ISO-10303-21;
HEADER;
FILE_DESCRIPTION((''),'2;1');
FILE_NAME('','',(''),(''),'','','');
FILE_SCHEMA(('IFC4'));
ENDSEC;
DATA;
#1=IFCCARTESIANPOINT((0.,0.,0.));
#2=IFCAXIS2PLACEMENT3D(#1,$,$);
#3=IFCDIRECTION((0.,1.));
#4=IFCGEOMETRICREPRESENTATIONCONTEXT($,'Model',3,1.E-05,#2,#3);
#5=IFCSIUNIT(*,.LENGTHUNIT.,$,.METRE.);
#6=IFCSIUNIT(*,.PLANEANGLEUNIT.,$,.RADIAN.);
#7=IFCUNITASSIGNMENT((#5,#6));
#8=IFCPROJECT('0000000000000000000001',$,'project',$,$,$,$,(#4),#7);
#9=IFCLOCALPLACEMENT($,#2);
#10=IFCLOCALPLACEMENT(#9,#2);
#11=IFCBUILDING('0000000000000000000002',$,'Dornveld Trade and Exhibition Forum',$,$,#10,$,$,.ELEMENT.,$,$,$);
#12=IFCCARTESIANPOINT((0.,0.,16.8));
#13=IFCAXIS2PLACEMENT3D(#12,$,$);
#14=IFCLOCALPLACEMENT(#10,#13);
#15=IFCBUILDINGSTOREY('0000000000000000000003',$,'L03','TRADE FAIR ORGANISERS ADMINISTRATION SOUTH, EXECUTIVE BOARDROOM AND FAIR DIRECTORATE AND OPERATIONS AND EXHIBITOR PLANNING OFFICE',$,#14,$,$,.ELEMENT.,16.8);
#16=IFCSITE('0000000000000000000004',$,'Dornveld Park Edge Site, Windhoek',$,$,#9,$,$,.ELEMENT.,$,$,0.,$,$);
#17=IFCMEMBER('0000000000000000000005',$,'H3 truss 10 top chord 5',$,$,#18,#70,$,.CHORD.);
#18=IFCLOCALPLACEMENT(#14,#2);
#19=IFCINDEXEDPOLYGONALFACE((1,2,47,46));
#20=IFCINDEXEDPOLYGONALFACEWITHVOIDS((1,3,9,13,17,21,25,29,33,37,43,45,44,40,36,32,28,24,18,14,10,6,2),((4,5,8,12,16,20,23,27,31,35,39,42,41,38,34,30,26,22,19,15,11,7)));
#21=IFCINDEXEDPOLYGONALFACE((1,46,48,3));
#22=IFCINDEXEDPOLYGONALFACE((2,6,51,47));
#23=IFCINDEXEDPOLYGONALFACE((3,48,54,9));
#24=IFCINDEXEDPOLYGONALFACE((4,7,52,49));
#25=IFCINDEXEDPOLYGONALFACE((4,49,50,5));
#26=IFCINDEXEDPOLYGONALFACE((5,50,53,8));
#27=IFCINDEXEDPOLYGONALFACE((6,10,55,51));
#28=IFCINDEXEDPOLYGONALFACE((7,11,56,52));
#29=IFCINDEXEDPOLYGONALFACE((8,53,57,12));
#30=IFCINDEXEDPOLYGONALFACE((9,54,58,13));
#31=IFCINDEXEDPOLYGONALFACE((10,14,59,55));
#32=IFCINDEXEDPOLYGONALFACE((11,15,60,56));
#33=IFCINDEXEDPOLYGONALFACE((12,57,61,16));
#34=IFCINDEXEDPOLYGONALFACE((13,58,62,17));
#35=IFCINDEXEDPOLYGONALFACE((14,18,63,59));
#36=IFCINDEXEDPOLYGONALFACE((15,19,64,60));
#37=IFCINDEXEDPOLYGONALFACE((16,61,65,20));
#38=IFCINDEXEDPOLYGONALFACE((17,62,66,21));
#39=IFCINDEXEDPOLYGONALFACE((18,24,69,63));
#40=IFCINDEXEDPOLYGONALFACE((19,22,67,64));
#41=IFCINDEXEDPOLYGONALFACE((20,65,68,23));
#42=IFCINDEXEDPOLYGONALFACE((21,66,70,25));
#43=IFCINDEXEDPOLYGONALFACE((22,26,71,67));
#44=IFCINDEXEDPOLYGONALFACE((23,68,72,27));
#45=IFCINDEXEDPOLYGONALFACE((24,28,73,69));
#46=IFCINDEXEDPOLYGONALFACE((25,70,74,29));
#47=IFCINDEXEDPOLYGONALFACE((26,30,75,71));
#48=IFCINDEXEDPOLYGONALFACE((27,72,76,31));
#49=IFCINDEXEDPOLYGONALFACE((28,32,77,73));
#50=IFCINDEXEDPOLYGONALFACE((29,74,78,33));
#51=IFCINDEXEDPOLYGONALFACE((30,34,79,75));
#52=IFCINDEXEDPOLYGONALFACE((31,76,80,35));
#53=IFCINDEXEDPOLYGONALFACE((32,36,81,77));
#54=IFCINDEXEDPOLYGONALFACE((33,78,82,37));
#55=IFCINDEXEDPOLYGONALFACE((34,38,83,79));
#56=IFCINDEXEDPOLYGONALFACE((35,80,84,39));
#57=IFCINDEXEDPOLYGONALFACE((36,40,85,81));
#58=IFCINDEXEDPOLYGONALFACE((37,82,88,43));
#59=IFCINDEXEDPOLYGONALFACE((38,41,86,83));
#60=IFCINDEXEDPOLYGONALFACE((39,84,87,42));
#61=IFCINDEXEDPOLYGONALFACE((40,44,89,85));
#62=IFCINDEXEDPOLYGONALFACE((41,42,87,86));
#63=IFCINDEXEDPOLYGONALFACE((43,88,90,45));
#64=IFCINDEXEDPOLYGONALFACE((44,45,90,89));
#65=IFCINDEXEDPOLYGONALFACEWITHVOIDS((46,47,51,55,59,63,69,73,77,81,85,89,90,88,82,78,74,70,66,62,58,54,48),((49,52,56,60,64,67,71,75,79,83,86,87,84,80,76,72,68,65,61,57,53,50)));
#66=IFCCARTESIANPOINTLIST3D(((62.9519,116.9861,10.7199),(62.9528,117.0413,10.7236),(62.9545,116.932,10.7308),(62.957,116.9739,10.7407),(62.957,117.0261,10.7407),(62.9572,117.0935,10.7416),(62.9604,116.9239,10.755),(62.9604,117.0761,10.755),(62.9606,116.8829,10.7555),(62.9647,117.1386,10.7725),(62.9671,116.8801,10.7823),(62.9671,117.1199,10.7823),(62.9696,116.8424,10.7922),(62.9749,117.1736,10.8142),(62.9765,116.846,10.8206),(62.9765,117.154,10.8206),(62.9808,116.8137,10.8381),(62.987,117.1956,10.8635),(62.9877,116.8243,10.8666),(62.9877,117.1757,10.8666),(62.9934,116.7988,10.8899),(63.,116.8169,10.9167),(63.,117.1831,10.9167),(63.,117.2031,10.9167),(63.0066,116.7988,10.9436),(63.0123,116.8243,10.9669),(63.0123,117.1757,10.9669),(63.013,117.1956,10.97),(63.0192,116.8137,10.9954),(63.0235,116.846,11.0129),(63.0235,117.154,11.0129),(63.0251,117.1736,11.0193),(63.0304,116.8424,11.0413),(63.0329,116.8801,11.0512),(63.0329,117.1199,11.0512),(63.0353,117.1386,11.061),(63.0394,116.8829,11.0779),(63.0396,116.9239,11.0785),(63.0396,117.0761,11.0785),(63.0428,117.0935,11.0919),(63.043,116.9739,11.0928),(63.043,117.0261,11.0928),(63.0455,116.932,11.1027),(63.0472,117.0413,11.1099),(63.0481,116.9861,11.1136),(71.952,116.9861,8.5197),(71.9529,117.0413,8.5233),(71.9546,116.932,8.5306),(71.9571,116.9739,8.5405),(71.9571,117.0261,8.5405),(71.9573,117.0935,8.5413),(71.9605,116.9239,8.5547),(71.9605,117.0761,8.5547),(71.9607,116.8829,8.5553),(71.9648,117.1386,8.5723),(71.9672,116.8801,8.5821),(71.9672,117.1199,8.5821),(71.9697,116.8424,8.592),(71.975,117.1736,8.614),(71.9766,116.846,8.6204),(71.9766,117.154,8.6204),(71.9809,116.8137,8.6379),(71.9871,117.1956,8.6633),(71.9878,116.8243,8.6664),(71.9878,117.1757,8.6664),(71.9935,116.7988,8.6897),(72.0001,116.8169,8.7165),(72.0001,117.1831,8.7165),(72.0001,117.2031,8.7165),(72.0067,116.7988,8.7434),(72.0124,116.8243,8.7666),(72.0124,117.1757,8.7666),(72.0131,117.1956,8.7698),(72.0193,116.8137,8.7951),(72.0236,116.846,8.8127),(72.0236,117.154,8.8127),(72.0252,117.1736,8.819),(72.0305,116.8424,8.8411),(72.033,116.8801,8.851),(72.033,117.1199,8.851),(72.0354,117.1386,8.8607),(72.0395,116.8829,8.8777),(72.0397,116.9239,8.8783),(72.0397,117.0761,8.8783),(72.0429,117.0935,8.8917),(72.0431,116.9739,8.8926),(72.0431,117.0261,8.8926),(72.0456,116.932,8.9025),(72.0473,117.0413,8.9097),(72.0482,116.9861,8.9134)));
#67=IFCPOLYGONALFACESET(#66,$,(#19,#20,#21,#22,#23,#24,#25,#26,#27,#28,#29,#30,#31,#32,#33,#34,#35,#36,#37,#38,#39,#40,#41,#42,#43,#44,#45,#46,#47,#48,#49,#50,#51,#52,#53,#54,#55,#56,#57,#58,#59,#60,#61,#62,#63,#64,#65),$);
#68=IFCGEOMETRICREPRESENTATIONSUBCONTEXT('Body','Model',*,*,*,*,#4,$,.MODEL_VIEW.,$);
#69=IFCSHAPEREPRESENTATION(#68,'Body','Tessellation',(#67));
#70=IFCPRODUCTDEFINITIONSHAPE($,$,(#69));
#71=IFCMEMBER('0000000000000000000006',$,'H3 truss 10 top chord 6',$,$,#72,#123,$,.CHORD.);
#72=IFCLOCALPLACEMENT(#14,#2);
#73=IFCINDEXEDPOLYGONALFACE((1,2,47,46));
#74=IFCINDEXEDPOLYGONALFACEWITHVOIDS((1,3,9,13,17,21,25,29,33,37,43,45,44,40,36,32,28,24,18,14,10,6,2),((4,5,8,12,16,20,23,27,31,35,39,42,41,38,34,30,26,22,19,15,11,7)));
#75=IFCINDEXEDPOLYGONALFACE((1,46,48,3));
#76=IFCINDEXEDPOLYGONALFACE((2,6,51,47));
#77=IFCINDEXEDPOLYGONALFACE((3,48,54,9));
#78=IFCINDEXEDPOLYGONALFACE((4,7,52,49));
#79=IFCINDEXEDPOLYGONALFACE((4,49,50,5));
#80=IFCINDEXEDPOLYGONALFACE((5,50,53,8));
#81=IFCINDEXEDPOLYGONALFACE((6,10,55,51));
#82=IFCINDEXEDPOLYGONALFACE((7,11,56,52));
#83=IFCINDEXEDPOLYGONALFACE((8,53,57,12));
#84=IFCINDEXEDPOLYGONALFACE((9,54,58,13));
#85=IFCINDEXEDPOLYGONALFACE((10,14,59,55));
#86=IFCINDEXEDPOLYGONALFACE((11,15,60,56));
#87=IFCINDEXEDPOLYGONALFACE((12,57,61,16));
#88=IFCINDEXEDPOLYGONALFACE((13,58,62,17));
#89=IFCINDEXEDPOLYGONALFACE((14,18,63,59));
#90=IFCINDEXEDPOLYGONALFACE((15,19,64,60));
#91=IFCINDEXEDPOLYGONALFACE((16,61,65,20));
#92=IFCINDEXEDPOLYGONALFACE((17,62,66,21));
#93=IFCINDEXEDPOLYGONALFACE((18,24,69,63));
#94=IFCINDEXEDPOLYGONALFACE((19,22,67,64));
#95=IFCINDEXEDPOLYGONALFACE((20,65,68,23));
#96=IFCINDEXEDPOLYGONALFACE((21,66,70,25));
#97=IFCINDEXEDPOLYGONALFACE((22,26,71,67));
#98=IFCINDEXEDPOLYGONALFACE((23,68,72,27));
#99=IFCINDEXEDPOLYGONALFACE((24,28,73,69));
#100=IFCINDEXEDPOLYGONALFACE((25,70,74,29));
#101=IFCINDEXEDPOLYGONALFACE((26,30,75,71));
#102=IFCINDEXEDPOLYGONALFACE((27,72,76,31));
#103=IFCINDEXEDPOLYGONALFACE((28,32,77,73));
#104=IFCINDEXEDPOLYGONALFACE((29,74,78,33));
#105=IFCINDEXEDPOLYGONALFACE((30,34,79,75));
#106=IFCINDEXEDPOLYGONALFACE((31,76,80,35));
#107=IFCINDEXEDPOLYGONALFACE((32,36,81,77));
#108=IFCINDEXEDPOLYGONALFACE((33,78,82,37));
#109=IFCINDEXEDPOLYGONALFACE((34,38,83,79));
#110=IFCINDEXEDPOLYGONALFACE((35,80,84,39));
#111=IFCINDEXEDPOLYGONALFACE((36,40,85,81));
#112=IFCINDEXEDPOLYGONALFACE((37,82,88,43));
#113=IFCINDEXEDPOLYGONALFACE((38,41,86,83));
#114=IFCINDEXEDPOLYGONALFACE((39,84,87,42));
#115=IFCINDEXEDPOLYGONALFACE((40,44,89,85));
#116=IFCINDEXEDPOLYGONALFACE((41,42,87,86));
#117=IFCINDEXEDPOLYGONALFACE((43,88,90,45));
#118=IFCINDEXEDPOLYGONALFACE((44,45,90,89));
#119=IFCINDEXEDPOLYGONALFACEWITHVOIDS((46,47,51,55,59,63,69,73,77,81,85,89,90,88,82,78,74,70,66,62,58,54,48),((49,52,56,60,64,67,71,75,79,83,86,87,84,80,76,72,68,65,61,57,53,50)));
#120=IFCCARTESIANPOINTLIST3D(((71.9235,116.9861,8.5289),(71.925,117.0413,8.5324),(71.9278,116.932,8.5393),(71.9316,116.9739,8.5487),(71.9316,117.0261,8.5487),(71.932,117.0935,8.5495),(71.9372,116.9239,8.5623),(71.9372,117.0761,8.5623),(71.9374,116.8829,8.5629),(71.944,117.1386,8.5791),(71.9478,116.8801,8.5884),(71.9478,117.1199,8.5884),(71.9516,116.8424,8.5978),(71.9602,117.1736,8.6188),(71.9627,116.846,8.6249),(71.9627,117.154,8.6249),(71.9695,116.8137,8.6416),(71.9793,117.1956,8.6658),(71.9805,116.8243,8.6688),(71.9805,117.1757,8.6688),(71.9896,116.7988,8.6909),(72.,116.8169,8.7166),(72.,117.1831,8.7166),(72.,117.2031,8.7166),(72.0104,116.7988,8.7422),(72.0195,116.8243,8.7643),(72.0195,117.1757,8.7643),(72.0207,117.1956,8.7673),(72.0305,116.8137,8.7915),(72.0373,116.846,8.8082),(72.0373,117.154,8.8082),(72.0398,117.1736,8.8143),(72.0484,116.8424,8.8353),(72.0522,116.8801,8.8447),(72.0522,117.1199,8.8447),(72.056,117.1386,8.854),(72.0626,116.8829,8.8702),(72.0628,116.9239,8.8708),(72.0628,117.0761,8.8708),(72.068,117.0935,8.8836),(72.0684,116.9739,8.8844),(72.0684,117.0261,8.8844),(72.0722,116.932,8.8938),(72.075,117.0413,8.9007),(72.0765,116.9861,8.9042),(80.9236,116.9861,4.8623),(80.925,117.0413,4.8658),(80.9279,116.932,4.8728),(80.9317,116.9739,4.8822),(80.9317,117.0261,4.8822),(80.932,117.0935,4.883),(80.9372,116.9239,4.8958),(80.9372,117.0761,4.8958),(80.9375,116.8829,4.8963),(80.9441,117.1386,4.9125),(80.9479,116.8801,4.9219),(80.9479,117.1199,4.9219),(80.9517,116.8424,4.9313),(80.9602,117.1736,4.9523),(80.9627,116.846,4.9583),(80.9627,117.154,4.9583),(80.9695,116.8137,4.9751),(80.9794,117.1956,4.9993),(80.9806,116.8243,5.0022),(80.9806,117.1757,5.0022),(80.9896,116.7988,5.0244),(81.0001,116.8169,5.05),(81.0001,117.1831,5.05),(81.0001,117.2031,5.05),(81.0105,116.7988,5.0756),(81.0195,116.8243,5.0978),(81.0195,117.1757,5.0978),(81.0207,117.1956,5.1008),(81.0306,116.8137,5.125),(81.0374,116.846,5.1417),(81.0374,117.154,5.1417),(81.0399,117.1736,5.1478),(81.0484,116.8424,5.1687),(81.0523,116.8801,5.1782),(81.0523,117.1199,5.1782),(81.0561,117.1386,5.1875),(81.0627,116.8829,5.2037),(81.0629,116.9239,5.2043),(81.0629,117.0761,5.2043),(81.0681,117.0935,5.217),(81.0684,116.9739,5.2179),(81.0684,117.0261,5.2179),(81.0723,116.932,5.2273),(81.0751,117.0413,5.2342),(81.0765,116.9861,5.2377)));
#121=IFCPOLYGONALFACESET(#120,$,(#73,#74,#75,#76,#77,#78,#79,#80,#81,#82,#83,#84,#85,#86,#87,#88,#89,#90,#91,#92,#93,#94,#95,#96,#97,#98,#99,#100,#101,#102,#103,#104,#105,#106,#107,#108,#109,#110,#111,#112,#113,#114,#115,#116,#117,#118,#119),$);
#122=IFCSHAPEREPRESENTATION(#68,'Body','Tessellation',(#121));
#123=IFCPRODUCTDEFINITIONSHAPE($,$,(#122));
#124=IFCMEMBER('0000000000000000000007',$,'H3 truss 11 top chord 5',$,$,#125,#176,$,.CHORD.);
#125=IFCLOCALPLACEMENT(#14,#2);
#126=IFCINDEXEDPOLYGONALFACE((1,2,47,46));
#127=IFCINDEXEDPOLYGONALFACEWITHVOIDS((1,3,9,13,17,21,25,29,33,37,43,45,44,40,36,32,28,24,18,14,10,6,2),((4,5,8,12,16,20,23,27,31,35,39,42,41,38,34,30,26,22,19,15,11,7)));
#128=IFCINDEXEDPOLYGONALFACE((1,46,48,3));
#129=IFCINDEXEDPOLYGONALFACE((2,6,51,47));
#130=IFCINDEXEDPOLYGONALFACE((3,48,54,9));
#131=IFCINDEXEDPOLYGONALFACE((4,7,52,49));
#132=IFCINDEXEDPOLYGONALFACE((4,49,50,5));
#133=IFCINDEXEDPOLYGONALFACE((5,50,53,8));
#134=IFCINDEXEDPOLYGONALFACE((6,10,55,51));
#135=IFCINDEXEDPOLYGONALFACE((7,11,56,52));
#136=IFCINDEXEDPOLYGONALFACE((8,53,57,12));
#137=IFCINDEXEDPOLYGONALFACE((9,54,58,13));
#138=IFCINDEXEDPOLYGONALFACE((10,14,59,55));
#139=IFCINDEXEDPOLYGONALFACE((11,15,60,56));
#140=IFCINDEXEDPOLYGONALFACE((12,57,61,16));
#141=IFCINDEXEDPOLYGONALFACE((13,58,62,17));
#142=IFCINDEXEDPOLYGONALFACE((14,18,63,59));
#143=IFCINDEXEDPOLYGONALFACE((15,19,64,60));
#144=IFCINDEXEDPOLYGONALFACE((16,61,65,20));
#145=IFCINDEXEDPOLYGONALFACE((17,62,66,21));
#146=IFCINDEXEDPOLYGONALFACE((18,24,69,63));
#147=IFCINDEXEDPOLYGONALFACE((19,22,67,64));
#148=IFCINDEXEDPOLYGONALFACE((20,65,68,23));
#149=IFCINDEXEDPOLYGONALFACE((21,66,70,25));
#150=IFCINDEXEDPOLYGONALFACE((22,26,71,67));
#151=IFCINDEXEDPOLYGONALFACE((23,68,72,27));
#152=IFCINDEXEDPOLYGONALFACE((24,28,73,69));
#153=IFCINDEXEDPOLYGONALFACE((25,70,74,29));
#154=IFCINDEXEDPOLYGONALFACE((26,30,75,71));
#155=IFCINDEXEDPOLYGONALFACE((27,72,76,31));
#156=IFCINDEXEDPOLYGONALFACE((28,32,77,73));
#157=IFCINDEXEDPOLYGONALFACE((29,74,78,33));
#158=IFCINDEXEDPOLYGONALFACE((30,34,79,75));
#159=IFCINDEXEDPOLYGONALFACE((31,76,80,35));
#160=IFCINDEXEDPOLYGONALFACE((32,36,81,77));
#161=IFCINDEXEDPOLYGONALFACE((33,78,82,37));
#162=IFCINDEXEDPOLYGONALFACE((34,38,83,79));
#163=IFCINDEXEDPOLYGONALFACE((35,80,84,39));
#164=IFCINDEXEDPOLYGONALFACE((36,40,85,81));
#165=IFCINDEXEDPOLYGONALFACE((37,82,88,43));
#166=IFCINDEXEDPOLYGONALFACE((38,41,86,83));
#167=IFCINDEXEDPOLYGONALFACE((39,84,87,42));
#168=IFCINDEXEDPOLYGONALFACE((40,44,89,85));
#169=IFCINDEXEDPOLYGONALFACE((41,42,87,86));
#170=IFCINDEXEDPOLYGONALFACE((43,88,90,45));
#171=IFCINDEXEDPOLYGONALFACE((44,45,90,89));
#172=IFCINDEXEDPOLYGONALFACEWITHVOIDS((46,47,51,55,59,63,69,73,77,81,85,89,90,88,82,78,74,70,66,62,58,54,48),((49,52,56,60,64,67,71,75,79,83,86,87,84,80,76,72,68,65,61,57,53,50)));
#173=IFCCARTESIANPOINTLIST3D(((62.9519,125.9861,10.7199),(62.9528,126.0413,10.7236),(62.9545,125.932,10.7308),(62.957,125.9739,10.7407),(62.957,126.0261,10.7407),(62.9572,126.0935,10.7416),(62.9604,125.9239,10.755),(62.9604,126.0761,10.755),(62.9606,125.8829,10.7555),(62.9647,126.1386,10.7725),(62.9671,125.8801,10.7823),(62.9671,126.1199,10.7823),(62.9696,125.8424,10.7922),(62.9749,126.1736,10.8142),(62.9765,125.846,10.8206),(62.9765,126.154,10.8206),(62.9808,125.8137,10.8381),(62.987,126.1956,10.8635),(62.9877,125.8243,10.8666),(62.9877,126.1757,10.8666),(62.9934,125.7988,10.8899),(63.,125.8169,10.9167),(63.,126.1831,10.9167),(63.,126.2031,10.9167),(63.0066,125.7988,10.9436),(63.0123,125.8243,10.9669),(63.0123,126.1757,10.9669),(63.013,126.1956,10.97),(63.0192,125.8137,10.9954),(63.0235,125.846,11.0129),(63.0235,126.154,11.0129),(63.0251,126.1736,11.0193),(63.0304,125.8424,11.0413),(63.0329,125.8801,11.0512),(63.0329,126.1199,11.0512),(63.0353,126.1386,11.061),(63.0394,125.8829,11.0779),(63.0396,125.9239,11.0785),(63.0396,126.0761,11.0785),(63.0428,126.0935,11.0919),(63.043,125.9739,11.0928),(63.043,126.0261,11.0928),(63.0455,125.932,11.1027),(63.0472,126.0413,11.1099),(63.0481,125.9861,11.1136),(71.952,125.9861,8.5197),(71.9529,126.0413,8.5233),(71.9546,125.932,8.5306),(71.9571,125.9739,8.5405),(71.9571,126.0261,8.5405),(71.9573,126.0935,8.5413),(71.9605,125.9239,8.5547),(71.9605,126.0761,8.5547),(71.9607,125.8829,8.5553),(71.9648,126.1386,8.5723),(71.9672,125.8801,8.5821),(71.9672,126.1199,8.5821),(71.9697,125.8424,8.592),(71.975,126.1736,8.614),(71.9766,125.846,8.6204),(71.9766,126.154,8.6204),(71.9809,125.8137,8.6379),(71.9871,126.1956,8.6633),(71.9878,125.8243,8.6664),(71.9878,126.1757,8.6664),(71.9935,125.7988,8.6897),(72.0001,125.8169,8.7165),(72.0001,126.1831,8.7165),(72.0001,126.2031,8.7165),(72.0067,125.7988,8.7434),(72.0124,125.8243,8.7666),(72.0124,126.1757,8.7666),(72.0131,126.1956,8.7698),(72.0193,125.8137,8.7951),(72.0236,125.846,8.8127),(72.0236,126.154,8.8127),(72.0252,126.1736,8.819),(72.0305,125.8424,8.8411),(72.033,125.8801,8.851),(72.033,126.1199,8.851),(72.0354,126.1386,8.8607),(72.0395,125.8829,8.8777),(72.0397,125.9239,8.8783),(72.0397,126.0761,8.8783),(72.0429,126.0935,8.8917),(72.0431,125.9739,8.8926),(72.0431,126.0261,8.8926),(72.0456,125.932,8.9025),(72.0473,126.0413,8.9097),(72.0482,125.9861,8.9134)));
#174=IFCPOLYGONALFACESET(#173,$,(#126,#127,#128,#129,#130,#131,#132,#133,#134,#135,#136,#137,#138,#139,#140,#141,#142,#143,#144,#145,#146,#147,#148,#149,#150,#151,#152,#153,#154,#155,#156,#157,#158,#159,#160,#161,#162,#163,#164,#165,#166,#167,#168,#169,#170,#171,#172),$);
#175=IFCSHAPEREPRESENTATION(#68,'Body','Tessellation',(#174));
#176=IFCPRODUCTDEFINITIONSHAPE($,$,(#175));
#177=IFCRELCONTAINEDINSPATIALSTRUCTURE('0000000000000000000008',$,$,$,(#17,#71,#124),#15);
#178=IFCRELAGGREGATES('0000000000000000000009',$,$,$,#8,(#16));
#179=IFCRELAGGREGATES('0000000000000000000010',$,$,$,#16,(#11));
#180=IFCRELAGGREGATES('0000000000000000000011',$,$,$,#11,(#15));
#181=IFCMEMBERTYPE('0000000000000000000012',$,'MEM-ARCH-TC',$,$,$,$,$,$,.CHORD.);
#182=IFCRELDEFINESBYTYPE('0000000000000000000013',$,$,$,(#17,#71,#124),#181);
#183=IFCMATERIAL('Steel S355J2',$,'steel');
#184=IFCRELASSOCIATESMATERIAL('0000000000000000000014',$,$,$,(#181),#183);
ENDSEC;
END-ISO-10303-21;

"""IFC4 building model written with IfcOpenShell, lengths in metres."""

from ifc_helpers import new_model, si_unit, direction, frame, origin, origin_2d, place, context, subcontext, project, spatial, hollow_circle, extrude, material, material_profile, profile_set, type_object, element, save


model = new_model("IFC4")

# Units and contexts
model_context = context("Model", 3, precision=1e-05, world=origin(), true_north=direction((0.0, 1.0)))
body_context = subcontext(model_context, "Body", "Model", "MODEL_VIEW")
ifc_project = project(units=[si_unit("LENGTHUNIT", "METRE"), si_unit("PLANEANGLEUNIT", "RADIAN")], contexts=[model_context])

# Site, building, storey
site_placement = place(None, origin())
site = spatial("IfcSite", under=ifc_project, at=site_placement, Name="Dornveld Park Edge Site, Windhoek", CompositionType="ELEMENT", RefElevation=0.0)
building_placement = place(site_placement, origin())
building = spatial("IfcBuilding", under=site, at=building_placement, Name="Dornveld Trade and Exhibition Forum", CompositionType="ELEMENT")
storey_placement = place(building_placement, frame((0.0, 0.0, 16.8)))
storey = spatial("IfcBuildingStorey", under=building, at=storey_placement, Name="L03", Description="TRADE FAIR ORGANISERS ADMINISTRATION SOUTH, EXECUTIVE BOARDROOM AND FAIR DIRECTORATE AND OPERATIONS AND EXHIBITOR PLANNING OFFICE", CompositionType="ELEMENT", Elevation=16.8)

# Members
ifc_material_1 = material(Name="Steel S355J2", Category="steel")
ifc_material_profile_1 = material_profile(ifc_material_1, hollow_circle(Radius=0.2031, WallThickness=0.02, at=origin_2d()), Name="CHS 406.4x20")
ifc_profile_set_1 = profile_set([ifc_material_profile_1], Name="Steel S355J2")
member_type_1 = type_object("IfcMemberType", Name="MEM-ARCH-TC", PredefinedType="CHORD", material=ifc_profile_set_1)
member_1_placement = place(storey_placement, frame((63.0, 117.0, 10.9167), z_axis=(0.971394, 0.0, -0.237473), x_axis=(0.0, 1.0, 0.0)))
element("IfcMember", 1, at=member_1_placement, inside=storey, type_object=member_type_1, Name="H3 truss 10 top chord 5", PredefinedType="CHORD", context=body_context, shape_type="SweptSolid", body=[
    extrude(hollow_circle(Radius=0.2031, WallThickness=0.02, at=origin_2d()), origin(), (0.0, 0.0, 1.0), 9.2651),
])
member_2_placement = place(storey_placement, frame((72.0, 117.0, 8.7166), z_axis=(0.926098, 0.0, -0.377283), x_axis=(0.0, 1.0, 0.0)))
element("IfcMember", 2, at=member_2_placement, inside=storey, type_object=member_type_1, Name="H3 truss 10 top chord 6", PredefinedType="CHORD", context=body_context, shape_type="SweptSolid", body=[
    extrude(hollow_circle(Radius=0.2031, WallThickness=0.02, at=origin_2d()), origin(), (0.0, 0.0, 1.0), 9.7183),
])
member_3_placement = place(storey_placement, frame((63.0, 126.0, 10.9167), z_axis=(0.971394, 0.0, -0.237473), x_axis=(0.0, 1.0, 0.0)))
element("IfcMember", 3, at=member_3_placement, inside=storey, type_object=member_type_1, Name="H3 truss 11 top chord 5", PredefinedType="CHORD", context=body_context, shape_type="SweptSolid", body=[
    extrude(hollow_circle(Radius=0.2031, WallThickness=0.02, at=origin_2d()), origin(), (0.0, 0.0, 1.0), 9.2651),
])

save(model, "model.ifc")
